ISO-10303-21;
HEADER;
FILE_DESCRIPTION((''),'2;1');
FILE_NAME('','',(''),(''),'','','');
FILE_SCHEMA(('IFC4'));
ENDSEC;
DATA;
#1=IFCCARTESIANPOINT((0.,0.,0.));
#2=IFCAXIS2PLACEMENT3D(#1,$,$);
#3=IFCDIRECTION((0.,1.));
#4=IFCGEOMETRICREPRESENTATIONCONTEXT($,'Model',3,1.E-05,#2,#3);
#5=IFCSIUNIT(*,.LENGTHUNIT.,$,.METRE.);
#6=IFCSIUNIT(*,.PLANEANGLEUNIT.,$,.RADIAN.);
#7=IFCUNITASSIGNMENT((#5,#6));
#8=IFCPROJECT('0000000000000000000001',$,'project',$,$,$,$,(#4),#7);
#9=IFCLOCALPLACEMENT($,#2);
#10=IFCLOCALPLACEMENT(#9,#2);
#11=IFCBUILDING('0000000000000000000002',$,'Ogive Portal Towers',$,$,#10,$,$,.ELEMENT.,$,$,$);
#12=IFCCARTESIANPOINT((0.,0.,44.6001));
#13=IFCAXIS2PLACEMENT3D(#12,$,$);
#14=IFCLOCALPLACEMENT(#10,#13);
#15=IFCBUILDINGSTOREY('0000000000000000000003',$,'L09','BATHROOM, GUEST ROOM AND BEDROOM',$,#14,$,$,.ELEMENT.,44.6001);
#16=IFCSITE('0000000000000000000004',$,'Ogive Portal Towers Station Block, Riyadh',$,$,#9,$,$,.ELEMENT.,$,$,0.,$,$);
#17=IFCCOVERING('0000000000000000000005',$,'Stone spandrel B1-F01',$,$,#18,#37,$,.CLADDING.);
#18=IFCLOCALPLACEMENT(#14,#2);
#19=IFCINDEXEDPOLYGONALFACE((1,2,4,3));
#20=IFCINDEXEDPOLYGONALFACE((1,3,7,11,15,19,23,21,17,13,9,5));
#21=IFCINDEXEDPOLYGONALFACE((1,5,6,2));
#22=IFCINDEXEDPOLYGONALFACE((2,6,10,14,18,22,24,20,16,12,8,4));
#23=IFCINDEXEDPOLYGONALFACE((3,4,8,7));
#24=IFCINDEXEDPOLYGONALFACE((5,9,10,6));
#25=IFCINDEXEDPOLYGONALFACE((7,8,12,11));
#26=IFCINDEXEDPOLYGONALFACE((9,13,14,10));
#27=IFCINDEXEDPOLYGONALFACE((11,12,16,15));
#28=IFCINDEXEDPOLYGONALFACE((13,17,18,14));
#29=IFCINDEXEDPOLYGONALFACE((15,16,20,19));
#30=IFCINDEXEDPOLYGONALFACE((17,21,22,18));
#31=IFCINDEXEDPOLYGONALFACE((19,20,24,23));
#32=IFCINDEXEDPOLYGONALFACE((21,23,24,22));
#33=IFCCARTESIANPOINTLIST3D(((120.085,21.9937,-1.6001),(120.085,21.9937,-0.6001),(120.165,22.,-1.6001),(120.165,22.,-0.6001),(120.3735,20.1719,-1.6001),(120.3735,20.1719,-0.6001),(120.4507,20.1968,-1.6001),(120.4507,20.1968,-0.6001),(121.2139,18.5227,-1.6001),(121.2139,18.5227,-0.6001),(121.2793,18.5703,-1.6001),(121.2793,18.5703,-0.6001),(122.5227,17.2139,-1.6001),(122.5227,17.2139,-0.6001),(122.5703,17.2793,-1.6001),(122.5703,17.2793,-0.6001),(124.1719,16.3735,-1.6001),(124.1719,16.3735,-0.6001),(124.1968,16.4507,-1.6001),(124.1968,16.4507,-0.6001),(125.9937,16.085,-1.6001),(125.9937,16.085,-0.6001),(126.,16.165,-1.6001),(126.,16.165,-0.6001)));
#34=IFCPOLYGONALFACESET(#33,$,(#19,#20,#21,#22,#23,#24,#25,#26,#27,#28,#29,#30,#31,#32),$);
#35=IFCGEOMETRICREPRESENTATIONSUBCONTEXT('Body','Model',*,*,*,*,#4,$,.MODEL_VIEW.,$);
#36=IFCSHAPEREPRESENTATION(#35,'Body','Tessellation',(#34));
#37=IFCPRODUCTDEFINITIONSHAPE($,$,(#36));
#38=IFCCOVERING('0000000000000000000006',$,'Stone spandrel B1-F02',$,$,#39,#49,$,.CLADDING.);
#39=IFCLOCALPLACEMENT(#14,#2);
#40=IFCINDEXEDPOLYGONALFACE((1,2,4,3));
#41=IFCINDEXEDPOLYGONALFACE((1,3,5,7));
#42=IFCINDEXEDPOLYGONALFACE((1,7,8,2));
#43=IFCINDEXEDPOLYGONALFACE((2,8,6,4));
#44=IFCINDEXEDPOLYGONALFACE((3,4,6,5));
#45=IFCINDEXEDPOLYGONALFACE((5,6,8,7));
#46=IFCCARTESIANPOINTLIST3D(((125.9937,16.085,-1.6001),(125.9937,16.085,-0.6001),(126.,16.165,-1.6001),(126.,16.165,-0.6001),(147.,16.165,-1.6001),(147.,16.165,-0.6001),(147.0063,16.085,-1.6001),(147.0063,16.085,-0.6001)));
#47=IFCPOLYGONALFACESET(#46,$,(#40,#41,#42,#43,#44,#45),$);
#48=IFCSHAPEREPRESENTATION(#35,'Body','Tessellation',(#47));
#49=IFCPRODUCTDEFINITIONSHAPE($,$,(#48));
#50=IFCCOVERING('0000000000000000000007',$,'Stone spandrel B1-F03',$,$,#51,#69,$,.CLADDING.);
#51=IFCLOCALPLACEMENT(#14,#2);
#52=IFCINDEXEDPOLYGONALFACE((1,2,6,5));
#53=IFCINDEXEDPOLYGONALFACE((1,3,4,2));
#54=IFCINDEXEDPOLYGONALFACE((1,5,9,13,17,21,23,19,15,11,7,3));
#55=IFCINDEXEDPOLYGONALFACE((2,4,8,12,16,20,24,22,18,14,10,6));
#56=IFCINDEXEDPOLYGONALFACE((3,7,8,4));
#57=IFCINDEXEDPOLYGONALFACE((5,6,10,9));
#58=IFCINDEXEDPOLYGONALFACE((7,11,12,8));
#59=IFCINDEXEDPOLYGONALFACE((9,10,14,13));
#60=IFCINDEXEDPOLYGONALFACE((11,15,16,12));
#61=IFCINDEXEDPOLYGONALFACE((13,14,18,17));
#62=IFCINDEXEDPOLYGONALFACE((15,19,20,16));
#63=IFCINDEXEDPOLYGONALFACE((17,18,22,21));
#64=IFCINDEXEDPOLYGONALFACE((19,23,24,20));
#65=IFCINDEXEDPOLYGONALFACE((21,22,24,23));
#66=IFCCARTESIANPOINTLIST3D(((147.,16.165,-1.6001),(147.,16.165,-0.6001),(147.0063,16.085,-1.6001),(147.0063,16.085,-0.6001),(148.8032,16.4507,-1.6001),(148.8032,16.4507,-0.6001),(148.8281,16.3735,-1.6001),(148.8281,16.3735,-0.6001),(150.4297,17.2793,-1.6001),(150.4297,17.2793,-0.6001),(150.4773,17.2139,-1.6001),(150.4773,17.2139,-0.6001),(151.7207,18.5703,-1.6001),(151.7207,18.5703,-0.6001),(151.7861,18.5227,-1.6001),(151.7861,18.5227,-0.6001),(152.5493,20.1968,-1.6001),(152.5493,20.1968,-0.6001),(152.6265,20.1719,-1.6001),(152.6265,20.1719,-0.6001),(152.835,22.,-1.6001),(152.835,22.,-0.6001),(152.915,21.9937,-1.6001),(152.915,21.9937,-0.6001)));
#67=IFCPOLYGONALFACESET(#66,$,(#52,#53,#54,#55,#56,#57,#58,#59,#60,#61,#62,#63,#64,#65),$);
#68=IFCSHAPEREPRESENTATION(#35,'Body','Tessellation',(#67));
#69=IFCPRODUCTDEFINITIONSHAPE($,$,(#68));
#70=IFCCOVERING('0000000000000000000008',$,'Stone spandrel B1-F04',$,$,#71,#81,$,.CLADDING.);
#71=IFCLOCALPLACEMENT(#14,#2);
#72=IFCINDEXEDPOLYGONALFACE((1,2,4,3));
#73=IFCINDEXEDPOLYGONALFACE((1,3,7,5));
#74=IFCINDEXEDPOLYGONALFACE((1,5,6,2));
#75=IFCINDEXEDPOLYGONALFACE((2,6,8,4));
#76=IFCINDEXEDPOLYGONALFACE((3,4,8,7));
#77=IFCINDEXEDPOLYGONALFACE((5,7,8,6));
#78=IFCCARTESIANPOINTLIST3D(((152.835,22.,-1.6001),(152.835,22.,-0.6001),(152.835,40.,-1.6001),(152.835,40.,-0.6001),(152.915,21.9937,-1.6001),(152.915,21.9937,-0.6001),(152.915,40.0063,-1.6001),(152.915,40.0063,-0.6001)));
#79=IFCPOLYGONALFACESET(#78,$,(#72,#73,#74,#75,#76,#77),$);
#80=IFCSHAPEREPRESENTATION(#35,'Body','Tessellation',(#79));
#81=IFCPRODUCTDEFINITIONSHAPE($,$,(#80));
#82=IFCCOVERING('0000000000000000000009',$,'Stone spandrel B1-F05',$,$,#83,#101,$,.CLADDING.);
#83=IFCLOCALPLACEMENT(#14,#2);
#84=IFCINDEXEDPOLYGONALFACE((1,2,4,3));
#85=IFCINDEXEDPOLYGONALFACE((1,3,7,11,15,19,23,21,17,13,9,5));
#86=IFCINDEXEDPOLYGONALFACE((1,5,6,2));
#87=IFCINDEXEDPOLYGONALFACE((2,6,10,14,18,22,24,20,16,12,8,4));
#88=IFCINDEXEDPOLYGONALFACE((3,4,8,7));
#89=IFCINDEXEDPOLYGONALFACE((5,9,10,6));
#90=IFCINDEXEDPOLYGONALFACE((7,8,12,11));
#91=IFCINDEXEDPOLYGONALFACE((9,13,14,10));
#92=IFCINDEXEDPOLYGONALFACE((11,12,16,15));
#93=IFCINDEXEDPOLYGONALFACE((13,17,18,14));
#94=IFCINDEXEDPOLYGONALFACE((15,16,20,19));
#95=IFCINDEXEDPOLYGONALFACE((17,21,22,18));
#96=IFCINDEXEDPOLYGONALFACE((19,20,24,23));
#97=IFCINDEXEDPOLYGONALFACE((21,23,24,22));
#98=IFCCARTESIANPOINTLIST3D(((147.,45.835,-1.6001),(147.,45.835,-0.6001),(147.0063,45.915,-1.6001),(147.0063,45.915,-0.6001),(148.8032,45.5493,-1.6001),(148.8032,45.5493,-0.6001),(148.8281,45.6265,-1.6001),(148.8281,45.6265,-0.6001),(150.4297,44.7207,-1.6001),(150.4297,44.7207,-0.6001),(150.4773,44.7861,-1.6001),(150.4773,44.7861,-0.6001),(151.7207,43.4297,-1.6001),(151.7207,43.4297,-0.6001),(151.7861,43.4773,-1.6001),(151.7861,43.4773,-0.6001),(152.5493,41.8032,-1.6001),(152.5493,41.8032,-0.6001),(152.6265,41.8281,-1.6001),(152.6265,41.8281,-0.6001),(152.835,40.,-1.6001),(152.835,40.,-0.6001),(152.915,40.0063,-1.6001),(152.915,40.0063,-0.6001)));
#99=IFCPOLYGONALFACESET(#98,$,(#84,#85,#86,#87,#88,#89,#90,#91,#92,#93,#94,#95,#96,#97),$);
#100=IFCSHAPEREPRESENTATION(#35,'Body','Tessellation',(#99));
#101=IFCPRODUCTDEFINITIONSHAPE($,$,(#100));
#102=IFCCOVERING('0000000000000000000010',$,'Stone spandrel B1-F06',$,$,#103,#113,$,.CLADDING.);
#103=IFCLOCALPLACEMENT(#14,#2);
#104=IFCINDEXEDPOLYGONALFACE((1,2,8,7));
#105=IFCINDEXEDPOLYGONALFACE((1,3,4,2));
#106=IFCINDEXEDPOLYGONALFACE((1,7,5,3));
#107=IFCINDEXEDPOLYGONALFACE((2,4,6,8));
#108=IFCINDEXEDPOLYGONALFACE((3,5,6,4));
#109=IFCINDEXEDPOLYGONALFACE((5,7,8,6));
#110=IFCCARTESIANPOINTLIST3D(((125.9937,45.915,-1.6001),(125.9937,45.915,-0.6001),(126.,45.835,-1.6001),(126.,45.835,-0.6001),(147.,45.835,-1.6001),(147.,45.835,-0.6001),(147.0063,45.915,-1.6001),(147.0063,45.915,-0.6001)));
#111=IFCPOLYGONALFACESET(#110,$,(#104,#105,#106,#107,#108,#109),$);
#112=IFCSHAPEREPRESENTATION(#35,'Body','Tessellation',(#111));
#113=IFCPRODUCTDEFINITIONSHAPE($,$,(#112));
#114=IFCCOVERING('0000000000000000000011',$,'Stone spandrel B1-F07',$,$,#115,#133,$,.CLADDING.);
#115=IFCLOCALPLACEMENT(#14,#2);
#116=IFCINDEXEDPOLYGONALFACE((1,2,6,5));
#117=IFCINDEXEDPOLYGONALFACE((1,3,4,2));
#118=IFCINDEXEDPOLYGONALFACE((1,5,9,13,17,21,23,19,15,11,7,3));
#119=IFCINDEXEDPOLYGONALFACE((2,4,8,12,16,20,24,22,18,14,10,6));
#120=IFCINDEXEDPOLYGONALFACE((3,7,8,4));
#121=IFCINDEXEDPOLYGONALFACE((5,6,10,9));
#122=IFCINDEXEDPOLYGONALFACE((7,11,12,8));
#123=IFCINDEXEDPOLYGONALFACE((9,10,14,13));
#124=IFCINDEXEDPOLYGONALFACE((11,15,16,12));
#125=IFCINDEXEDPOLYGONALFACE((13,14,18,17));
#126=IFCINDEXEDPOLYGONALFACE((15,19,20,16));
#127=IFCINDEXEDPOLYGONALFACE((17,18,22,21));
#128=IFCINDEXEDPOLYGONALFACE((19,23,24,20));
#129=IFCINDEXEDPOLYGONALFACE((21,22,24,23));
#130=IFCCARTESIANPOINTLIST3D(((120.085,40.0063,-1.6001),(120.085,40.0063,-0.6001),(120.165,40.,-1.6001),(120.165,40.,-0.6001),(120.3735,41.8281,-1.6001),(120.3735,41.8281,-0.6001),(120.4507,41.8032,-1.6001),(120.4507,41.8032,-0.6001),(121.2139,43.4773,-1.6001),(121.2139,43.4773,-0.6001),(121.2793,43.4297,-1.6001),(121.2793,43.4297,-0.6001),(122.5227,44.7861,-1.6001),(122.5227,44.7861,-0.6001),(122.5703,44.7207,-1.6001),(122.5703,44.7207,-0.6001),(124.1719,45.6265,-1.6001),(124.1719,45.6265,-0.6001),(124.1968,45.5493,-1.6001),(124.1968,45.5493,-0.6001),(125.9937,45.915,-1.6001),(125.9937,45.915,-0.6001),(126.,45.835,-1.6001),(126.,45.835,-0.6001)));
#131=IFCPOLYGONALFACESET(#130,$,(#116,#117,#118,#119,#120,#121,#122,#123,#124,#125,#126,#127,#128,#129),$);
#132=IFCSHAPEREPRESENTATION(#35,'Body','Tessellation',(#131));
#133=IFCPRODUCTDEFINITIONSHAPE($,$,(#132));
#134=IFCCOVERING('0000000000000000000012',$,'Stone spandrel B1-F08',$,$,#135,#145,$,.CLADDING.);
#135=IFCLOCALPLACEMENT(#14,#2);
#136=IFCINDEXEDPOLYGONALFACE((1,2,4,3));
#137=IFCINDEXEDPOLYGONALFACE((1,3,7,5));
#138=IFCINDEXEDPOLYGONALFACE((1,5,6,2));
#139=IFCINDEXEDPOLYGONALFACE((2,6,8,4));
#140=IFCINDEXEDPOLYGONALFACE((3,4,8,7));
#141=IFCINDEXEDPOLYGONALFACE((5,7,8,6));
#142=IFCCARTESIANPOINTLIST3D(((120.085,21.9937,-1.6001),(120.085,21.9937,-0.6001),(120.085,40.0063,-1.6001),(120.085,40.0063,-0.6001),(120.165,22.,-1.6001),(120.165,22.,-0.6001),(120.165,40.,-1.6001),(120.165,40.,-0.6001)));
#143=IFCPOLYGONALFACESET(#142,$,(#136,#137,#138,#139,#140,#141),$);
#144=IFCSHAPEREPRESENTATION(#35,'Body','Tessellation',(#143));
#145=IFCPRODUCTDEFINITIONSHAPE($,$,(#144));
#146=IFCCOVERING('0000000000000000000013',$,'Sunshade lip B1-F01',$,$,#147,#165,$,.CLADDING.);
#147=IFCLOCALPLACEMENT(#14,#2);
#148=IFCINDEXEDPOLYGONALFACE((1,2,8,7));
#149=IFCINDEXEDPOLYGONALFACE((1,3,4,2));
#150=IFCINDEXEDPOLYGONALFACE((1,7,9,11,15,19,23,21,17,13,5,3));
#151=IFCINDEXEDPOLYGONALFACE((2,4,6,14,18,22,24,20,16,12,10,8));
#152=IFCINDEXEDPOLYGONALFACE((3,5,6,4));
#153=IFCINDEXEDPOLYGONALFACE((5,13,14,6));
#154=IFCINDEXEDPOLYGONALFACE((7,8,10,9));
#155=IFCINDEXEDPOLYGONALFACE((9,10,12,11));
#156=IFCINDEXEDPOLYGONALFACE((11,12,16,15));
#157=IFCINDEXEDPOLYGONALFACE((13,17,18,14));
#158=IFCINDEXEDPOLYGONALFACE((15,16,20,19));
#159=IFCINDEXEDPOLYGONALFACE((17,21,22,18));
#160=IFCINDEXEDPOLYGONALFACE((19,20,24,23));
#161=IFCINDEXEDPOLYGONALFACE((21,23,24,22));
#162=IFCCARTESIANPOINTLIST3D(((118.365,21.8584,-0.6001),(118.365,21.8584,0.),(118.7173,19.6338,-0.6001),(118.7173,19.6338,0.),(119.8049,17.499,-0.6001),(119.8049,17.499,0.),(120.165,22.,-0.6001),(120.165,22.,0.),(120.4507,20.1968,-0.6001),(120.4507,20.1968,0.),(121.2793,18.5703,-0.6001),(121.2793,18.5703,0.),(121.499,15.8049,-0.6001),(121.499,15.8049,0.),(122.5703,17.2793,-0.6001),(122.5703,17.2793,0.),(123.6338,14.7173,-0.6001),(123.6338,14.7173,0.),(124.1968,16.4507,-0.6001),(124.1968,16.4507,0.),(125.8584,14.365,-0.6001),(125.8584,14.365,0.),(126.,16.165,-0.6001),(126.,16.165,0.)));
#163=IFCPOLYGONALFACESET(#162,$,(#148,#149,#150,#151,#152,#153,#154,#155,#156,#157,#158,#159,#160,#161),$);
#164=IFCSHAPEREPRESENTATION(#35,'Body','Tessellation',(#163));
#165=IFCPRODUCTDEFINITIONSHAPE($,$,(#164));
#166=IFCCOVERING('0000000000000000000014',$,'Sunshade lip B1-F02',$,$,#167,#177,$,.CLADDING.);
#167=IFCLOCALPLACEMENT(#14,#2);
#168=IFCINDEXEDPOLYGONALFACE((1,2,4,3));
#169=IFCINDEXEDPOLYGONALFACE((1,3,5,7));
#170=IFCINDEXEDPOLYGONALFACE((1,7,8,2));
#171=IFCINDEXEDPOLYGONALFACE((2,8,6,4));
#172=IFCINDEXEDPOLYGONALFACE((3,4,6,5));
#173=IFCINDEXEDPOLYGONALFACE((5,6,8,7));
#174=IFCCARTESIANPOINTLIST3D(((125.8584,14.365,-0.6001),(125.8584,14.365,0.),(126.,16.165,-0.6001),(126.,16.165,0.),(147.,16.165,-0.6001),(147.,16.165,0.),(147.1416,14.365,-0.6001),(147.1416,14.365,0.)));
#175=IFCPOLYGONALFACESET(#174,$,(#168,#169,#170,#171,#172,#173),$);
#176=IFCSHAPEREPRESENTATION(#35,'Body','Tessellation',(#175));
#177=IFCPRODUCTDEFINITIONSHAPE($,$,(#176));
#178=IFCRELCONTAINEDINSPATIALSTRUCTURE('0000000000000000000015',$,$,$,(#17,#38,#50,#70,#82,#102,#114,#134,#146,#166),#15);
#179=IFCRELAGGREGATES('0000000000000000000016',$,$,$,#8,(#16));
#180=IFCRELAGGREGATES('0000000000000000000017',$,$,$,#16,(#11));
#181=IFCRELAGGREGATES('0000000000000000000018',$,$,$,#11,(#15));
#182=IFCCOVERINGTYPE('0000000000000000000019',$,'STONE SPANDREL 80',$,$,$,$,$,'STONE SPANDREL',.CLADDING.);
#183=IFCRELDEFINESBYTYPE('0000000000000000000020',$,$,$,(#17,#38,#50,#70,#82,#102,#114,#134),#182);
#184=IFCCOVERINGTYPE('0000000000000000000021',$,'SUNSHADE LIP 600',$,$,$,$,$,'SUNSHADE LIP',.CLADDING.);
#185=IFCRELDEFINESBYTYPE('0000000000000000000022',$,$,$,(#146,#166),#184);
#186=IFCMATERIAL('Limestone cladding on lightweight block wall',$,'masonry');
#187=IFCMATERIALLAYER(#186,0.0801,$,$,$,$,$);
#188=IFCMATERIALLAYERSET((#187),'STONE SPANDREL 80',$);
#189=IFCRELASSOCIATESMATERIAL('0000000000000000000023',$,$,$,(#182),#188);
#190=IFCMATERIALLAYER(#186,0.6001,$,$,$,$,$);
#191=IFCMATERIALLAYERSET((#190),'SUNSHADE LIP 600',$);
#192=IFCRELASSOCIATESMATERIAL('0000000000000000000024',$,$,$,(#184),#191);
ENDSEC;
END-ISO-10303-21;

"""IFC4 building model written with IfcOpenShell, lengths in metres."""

from ifc_helpers import new_model, si_unit, direction, frame, origin, place, context, subcontext, project, spatial, polyline, outline, extrude, material, layer, layer_set, type_object, element, save


model = new_model("IFC4")

# Units and contexts
model_context = context("Model", 3, precision=1e-05, world=origin(), true_north=direction((0.0, 1.0)))
body_context = subcontext(model_context, "Body", "Model", "MODEL_VIEW")
ifc_project = project(units=[si_unit("LENGTHUNIT", "METRE"), si_unit("PLANEANGLEUNIT", "RADIAN")], contexts=[model_context])

# Site, building, storey
site_placement = place(None, origin())
site = spatial("IfcSite", under=ifc_project, at=site_placement, Name="Ogive Portal Towers Station Block, Riyadh", CompositionType="ELEMENT", RefElevation=0.0)
building_placement = place(site_placement, origin())
building = spatial("IfcBuilding", under=site, at=building_placement, Name="Ogive Portal Towers", CompositionType="ELEMENT")
storey_placement = place(building_placement, frame((0.0, 0.0, 44.6001)))
storey = spatial("IfcBuildingStorey", under=building, at=storey_placement, Name="L09", Description="BATHROOM, GUEST ROOM AND BEDROOM", CompositionType="ELEMENT", Elevation=44.6001)

# Shared definitions
ifc_material_1 = material(Name="Limestone cladding on lightweight block wall", Category="masonry")

# Coverings
ifc_layer_1 = layer(ifc_material_1, 0.0801)
ifc_layer_set_1 = layer_set([ifc_layer_1], Name="STONE SPANDREL 80")
covering_type_1 = type_object("IfcCoveringType", Name="STONE SPANDREL 80", ElementType="STONE SPANDREL", PredefinedType="CLADDING", material=ifc_layer_set_1)
covering_1_placement = place(storey_placement, frame((0.0, 0.0, -1.6001)))
element("IfcCovering", 1, at=covering_1_placement, inside=storey, type_object=covering_type_1, Name="Stone spandrel B1-F01", PredefinedType="CLADDING", context=body_context, shape_type="SweptSolid", body=[
    extrude(outline(polyline([(120.165, 22.0), (120.4507, 20.1968), (121.2793, 18.5703), (122.5703, 17.2793), (124.1968, 16.4507), (126.0, 16.165), (125.9937, 16.085), (124.1719, 16.3735), (122.5227, 17.2139), (121.2139, 18.5227), (120.3735, 20.1719), (120.085, 21.9937), (120.165, 22.0)])), origin(), (0.0, 0.0, 1.0), 1.0),
])
covering_2_placement = place(storey_placement, frame((0.0, 0.0, -1.6001)))
element("IfcCovering", 2, at=covering_2_placement, inside=storey, type_object=covering_type_1, Name="Stone spandrel B1-F02", PredefinedType="CLADDING", context=body_context, shape_type="SweptSolid", body=[
    extrude(outline(polyline([(126.0, 16.165), (147.0, 16.165), (147.0063, 16.085), (125.9937, 16.085), (126.0, 16.165)])), origin(), (0.0, 0.0, 1.0), 1.0),
])
covering_3_placement = place(storey_placement, frame((0.0, 0.0, -1.6001)))
element("IfcCovering", 3, at=covering_3_placement, inside=storey, type_object=covering_type_1, Name="Stone spandrel B1-F03", PredefinedType="CLADDING", context=body_context, shape_type="SweptSolid", body=[
    extrude(outline(polyline([(147.0, 16.165), (148.8032, 16.4507), (150.4297, 17.2793), (151.7207, 18.5703), (152.5493, 20.1968), (152.835, 22.0), (152.915, 21.9937), (152.6265, 20.1719), (151.7861, 18.5227), (150.4773, 17.2139), (148.8281, 16.3735), (147.0063, 16.085), (147.0, 16.165)])), origin(), (0.0, 0.0, 1.0), 1.0),
])
covering_4_placement = place(storey_placement, frame((0.0, 0.0, -1.6001)))
element("IfcCovering", 4, at=covering_4_placement, inside=storey, type_object=covering_type_1, Name="Stone spandrel B1-F04", PredefinedType="CLADDING", context=body_context, shape_type="SweptSolid", body=[
    extrude(outline(polyline([(152.835, 22.0), (152.835, 40.0), (152.915, 40.0063), (152.915, 21.9937), (152.835, 22.0)])), origin(), (0.0, 0.0, 1.0), 1.0),
])
covering_5_placement = place(storey_placement, frame((0.0, 0.0, -1.6001)))
element("IfcCovering", 5, at=covering_5_placement, inside=storey, type_object=covering_type_1, Name="Stone spandrel B1-F05", PredefinedType="CLADDING", context=body_context, shape_type="SweptSolid", body=[
    extrude(outline(polyline([(152.835, 40.0), (152.5493, 41.8032), (151.7207, 43.4297), (150.4297, 44.7207), (148.8032, 45.5493), (147.0, 45.835), (147.0063, 45.915), (148.8281, 45.6265), (150.4773, 44.7861), (151.7861, 43.4773), (152.6265, 41.8281), (152.915, 40.0063), (152.835, 40.0)])), origin(), (0.0, 0.0, 1.0), 1.0),
])
covering_6_placement = place(storey_placement, frame((0.0, 0.0, -1.6001)))
element("IfcCovering", 6, at=covering_6_placement, inside=storey, type_object=covering_type_1, Name="Stone spandrel B1-F06", PredefinedType="CLADDING", context=body_context, shape_type="SweptSolid", body=[
    extrude(outline(polyline([(147.0, 45.835), (126.0, 45.835), (125.9937, 45.915), (147.0063, 45.915), (147.0, 45.835)])), origin(), (0.0, 0.0, 1.0), 1.0),
])
covering_7_placement = place(storey_placement, frame((0.0, 0.0, -1.6001)))
element("IfcCovering", 7, at=covering_7_placement, inside=storey, type_object=covering_type_1, Name="Stone spandrel B1-F07", PredefinedType="CLADDING", context=body_context, shape_type="SweptSolid", body=[
    extrude(outline(polyline([(126.0, 45.835), (124.1968, 45.5493), (122.5703, 44.7207), (121.2793, 43.4297), (120.4507, 41.8032), (120.165, 40.0), (120.085, 40.0063), (120.3735, 41.8281), (121.2139, 43.4773), (122.5227, 44.7861), (124.1719, 45.6265), (125.9937, 45.915), (126.0, 45.835)])), origin(), (0.0, 0.0, 1.0), 1.0),
])
covering_8_placement = place(storey_placement, frame((0.0, 0.0, -1.6001)))
element("IfcCovering", 8, at=covering_8_placement, inside=storey, type_object=covering_type_1, Name="Stone spandrel B1-F08", PredefinedType="CLADDING", context=body_context, shape_type="SweptSolid", body=[
    extrude(outline(polyline([(120.165, 40.0), (120.165, 22.0), (120.085, 21.9937), (120.085, 40.0063), (120.165, 40.0)])), origin(), (0.0, 0.0, 1.0), 1.0),
])
ifc_layer_2 = layer(ifc_material_1, 0.6001)
ifc_layer_set_2 = layer_set([ifc_layer_2], Name="SUNSHADE LIP 600")
covering_type_2 = type_object("IfcCoveringType", Name="SUNSHADE LIP 600", ElementType="SUNSHADE LIP", PredefinedType="CLADDING", material=ifc_layer_set_2)
covering_9_placement = place(storey_placement, frame((0.0, 0.0, -0.6001)))
element("IfcCovering", 9, at=covering_9_placement, inside=storey, type_object=covering_type_2, Name="Sunshade lip B1-F01", PredefinedType="CLADDING", context=body_context, shape_type="SweptSolid", body=[
    extrude(outline(polyline([(120.165, 22.0), (120.4507, 20.1968), (121.2793, 18.5703), (122.5703, 17.2793), (124.1968, 16.4507), (126.0, 16.165), (125.8584, 14.365), (123.6338, 14.7173), (121.499, 15.8049), (119.8049, 17.499), (118.7173, 19.6338), (118.365, 21.8584), (120.165, 22.0)])), origin(), (0.0, 0.0, 1.0), 0.6001),
])
covering_10_placement = place(storey_placement, frame((0.0, 0.0, -0.6001)))
element("IfcCovering", 10, at=covering_10_placement, inside=storey, type_object=covering_type_2, Name="Sunshade lip B1-F02", PredefinedType="CLADDING", context=body_context, shape_type="SweptSolid", body=[
    extrude(outline(polyline([(126.0, 16.165), (147.0, 16.165), (147.1416, 14.365), (125.8584, 14.365), (126.0, 16.165)])), origin(), (0.0, 0.0, 1.0), 0.6001),
])

save(model, "model.ifc")
